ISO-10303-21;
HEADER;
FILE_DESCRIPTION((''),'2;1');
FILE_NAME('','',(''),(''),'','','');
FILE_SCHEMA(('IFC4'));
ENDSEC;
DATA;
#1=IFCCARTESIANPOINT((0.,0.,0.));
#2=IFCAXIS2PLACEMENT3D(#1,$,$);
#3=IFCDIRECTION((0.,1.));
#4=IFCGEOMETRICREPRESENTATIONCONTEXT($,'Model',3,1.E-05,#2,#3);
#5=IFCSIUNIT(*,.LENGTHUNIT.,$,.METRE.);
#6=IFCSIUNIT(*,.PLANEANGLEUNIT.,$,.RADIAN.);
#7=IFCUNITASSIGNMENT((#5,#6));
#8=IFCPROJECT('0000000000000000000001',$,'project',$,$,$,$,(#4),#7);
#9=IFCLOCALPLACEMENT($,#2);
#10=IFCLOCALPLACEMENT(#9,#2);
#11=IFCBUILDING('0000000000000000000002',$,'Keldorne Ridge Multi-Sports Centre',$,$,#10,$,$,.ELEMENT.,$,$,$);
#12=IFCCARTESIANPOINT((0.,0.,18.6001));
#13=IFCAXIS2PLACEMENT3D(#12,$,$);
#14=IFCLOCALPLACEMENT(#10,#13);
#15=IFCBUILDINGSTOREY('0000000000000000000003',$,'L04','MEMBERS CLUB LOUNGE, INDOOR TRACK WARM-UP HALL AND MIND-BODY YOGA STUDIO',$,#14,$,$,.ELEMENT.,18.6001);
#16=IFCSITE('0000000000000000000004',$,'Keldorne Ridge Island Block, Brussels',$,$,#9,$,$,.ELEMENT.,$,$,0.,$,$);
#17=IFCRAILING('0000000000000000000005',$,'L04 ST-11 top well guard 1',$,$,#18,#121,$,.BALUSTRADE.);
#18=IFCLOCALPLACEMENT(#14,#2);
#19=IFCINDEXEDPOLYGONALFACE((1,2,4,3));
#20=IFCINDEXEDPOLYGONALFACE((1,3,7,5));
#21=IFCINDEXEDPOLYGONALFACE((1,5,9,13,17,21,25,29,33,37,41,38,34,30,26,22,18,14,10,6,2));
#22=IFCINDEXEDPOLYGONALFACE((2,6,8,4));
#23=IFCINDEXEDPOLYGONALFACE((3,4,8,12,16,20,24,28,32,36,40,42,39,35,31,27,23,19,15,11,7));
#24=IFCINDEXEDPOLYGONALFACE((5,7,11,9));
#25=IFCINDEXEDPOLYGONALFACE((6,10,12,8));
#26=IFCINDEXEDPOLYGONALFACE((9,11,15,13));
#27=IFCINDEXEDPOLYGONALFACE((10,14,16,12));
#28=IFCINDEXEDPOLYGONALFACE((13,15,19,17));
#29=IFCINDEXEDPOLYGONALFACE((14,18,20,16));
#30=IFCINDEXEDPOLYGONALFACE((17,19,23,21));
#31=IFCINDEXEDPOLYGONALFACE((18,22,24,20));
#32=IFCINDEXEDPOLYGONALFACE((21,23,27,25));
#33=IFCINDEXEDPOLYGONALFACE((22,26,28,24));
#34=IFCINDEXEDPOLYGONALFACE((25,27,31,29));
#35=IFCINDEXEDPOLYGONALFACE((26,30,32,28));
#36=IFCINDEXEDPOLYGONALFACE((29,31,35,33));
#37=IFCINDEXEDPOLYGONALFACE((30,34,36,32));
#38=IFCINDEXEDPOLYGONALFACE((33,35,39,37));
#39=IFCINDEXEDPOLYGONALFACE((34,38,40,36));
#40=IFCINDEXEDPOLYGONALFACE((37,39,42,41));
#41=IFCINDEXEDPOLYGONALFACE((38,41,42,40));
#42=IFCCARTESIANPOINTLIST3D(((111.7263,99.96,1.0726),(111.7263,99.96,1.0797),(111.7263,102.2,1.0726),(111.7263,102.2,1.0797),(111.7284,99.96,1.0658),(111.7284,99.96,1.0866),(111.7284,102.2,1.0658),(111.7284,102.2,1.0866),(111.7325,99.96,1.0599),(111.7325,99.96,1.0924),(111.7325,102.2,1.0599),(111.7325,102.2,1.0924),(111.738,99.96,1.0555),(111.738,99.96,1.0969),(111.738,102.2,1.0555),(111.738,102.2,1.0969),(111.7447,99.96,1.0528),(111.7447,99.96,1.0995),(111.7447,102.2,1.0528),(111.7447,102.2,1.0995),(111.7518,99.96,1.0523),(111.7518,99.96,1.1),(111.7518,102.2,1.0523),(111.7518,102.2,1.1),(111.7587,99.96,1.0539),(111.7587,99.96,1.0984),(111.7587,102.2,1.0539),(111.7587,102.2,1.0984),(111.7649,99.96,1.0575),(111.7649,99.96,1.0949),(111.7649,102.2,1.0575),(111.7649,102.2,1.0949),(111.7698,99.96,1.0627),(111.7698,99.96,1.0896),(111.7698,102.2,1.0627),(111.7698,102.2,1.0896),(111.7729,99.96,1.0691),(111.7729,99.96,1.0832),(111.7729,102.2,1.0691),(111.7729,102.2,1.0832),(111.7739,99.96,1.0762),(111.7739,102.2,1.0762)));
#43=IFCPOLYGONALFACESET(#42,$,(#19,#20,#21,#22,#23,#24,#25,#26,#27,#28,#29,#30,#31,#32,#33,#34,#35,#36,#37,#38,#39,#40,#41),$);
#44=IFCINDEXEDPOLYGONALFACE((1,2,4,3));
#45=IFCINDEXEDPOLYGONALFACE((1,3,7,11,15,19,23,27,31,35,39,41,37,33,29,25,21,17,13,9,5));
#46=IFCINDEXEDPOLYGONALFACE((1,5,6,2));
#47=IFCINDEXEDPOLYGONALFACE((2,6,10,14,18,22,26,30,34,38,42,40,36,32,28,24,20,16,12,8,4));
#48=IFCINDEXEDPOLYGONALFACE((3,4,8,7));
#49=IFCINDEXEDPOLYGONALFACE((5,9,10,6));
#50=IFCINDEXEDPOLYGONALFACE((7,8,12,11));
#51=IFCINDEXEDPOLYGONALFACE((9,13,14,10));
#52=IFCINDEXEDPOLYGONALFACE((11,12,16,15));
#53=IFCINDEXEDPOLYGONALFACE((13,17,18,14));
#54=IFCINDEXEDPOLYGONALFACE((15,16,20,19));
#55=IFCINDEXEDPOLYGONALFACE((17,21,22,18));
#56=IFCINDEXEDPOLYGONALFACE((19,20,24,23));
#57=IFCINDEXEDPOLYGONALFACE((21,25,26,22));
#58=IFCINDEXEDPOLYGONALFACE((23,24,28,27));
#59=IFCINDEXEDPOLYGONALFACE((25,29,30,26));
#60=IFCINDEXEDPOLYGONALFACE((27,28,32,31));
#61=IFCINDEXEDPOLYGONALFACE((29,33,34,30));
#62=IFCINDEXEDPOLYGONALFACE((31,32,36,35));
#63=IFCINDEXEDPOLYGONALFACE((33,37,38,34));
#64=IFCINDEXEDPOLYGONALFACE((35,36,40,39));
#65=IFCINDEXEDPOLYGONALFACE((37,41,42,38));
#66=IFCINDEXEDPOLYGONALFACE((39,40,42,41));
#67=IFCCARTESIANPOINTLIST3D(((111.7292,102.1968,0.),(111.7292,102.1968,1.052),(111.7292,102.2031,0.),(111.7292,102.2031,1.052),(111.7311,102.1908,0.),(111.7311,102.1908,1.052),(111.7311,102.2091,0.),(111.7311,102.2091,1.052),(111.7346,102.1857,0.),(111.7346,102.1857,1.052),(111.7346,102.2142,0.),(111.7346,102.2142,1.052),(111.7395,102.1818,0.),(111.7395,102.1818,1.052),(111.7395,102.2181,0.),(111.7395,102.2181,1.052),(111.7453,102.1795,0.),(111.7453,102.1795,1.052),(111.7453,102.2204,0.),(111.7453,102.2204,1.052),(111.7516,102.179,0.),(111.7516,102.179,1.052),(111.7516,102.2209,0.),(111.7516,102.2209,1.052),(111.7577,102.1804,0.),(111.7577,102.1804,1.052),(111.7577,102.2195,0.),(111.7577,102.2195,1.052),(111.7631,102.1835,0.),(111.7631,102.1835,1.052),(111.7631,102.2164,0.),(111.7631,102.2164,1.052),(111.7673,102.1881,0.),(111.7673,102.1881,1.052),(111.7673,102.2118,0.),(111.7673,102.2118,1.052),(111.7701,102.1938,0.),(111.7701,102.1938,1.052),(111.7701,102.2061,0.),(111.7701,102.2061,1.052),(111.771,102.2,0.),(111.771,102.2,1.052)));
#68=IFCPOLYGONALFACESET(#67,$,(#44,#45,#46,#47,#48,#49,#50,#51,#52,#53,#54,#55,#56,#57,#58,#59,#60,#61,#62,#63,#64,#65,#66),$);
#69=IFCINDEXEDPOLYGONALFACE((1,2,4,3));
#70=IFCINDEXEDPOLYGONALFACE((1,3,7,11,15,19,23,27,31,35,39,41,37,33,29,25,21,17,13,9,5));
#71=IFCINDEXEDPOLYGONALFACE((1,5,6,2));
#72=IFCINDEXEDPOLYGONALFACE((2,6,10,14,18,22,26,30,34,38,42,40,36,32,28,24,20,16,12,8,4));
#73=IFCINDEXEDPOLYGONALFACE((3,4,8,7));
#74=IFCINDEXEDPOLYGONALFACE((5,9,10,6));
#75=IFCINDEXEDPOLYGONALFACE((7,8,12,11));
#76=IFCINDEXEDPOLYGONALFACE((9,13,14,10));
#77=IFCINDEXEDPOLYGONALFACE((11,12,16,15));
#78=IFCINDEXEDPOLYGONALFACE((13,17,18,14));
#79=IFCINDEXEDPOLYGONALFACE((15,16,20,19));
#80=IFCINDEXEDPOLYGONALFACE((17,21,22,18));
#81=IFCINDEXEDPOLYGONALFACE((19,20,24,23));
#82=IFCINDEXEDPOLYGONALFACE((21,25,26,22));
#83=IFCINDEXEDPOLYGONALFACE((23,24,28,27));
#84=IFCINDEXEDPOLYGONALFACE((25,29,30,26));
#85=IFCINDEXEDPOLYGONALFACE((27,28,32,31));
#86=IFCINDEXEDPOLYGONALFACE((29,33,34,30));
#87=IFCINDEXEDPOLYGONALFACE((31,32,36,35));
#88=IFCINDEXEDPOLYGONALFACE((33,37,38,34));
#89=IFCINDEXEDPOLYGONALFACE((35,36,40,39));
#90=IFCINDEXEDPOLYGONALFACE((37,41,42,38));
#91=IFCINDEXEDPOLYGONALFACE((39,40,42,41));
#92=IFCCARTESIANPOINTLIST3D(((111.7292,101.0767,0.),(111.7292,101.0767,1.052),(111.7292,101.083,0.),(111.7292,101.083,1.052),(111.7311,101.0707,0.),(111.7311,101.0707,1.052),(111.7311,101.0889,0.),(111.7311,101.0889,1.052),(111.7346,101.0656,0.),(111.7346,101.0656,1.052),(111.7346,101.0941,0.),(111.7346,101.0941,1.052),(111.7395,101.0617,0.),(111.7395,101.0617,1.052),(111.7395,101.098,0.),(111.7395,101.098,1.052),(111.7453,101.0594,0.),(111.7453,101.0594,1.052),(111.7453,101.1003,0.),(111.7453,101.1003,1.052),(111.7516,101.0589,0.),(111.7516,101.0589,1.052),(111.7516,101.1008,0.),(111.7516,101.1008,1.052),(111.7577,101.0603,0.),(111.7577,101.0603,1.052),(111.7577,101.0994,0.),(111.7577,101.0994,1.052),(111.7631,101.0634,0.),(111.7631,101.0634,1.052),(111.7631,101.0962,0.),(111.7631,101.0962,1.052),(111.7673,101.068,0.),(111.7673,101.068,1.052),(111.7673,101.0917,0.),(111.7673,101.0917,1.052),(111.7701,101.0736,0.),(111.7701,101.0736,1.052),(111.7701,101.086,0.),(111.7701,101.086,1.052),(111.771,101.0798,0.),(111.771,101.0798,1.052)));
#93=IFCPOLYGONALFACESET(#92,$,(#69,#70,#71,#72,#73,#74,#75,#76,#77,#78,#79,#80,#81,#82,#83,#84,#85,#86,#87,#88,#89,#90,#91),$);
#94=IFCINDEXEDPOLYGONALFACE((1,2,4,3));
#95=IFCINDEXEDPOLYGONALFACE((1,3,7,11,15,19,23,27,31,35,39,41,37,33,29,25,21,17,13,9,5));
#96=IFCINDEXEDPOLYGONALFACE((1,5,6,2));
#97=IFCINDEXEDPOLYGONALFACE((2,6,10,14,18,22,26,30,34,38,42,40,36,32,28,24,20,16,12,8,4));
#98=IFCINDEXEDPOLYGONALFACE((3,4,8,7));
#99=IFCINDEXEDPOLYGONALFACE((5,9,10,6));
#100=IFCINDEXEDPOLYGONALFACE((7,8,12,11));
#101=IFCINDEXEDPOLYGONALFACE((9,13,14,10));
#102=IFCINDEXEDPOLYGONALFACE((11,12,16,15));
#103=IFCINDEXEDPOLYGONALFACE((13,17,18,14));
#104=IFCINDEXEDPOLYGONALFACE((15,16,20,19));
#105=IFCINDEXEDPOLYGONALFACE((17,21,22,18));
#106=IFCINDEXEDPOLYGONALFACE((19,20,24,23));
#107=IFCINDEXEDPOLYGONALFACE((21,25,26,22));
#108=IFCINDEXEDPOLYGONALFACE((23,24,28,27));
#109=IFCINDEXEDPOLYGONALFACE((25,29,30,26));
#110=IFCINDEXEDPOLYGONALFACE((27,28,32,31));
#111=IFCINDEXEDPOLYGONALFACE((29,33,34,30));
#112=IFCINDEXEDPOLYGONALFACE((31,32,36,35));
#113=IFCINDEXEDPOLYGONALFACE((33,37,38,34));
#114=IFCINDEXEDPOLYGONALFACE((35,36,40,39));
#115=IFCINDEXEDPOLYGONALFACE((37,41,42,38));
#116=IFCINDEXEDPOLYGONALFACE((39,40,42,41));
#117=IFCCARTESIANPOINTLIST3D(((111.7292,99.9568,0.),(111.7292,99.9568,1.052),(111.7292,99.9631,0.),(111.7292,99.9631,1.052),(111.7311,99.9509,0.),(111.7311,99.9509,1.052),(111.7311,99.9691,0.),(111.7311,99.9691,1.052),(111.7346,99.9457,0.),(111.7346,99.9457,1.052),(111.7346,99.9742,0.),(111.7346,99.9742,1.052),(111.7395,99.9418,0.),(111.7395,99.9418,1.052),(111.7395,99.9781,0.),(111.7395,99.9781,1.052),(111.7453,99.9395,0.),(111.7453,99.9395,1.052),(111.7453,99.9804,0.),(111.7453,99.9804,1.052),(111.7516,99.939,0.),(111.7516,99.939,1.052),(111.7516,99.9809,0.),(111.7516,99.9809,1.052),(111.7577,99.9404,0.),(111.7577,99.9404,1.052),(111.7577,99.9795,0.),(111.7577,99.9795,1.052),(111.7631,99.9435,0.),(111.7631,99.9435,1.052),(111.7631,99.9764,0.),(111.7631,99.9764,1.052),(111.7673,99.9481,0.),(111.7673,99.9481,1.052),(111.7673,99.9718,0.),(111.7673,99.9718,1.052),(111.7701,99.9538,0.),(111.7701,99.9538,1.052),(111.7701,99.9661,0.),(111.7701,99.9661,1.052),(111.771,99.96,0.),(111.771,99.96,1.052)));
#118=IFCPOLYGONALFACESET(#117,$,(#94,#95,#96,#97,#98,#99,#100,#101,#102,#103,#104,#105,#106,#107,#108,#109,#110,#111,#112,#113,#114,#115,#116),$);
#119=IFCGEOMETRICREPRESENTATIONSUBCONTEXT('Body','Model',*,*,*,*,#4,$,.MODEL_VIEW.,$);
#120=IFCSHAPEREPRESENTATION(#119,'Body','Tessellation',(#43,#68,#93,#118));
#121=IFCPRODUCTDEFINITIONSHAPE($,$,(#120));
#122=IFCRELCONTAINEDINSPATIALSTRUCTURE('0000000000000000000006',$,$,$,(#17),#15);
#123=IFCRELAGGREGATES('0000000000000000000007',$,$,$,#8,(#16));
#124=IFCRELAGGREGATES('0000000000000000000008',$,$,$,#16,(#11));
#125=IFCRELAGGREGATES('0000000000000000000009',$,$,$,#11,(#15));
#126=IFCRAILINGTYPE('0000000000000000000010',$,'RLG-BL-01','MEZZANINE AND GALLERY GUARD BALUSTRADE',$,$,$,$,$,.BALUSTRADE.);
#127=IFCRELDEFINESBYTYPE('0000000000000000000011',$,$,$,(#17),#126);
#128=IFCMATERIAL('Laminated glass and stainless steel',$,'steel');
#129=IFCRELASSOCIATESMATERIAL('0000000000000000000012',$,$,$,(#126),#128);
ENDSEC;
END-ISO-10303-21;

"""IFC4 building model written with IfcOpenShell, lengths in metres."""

from ifc_helpers import new_model, si_unit, direction, frame, origin, origin_2d, place, context, subcontext, project, spatial, circle, extrude, material, type_object, element, save


model = new_model("IFC4")

# Units and contexts
model_context = context("Model", 3, precision=1e-05, world=origin(), true_north=direction((0.0, 1.0)))
body_context = subcontext(model_context, "Body", "Model", "MODEL_VIEW")
ifc_project = project(units=[si_unit("LENGTHUNIT", "METRE"), si_unit("PLANEANGLEUNIT", "RADIAN")], contexts=[model_context])

# Site, building, storey
site_placement = place(None, origin())
site = spatial("IfcSite", under=ifc_project, at=site_placement, Name="Keldorne Ridge Island Block, Brussels", CompositionType="ELEMENT", RefElevation=0.0)
building_placement = place(site_placement, origin())
building = spatial("IfcBuilding", under=site, at=building_placement, Name="Keldorne Ridge Multi-Sports Centre", CompositionType="ELEMENT")
storey_placement = place(building_placement, frame((0.0, 0.0, 18.6001)))
storey = spatial("IfcBuildingStorey", under=building, at=storey_placement, Name="L04", Description="MEMBERS CLUB LOUNGE, INDOOR TRACK WARM-UP HALL AND MIND-BODY YOGA STUDIO", CompositionType="ELEMENT", Elevation=18.6001)

# Railing
ifc_material_1 = material(Name="Laminated glass and stainless steel", Category="steel")
railing_type = type_object("IfcRailingType", Name="RLG-BL-01", Description="MEZZANINE AND GALLERY GUARD BALUSTRADE", PredefinedType="BALUSTRADE", material=ifc_material_1)
railing_placement = place(storey_placement, frame((111.75, 102.2, 0.0)))
element("IfcRailing", 1, at=railing_placement, inside=storey, type_object=railing_type, Name="L04 ST-11 top well guard 1", PredefinedType="BALUSTRADE", context=body_context, shape_type="SweptSolid", body=[
    extrude(circle(Radius=0.0239, at=origin_2d()), frame((0.0, 0.0, 1.0762), z_axis=(0.0, -1.0, 0.0), x_axis=(1.0, 0.0, 0.0)), (0.0, 0.0, 1.0), 2.24),
    extrude(circle(Radius=0.021, at=origin_2d()), origin(), (0.0, 0.0, 1.0), 1.052),
    extrude(circle(Radius=0.021, at=origin_2d()), frame((0.0, -1.1201, 0.0)), (0.0, 0.0, 1.0), 1.052),
    extrude(circle(Radius=0.021, at=origin_2d()), frame((0.0, -2.24, 0.0)), (0.0, 0.0, 1.0), 1.052),
])

save(model, "model.ifc")
